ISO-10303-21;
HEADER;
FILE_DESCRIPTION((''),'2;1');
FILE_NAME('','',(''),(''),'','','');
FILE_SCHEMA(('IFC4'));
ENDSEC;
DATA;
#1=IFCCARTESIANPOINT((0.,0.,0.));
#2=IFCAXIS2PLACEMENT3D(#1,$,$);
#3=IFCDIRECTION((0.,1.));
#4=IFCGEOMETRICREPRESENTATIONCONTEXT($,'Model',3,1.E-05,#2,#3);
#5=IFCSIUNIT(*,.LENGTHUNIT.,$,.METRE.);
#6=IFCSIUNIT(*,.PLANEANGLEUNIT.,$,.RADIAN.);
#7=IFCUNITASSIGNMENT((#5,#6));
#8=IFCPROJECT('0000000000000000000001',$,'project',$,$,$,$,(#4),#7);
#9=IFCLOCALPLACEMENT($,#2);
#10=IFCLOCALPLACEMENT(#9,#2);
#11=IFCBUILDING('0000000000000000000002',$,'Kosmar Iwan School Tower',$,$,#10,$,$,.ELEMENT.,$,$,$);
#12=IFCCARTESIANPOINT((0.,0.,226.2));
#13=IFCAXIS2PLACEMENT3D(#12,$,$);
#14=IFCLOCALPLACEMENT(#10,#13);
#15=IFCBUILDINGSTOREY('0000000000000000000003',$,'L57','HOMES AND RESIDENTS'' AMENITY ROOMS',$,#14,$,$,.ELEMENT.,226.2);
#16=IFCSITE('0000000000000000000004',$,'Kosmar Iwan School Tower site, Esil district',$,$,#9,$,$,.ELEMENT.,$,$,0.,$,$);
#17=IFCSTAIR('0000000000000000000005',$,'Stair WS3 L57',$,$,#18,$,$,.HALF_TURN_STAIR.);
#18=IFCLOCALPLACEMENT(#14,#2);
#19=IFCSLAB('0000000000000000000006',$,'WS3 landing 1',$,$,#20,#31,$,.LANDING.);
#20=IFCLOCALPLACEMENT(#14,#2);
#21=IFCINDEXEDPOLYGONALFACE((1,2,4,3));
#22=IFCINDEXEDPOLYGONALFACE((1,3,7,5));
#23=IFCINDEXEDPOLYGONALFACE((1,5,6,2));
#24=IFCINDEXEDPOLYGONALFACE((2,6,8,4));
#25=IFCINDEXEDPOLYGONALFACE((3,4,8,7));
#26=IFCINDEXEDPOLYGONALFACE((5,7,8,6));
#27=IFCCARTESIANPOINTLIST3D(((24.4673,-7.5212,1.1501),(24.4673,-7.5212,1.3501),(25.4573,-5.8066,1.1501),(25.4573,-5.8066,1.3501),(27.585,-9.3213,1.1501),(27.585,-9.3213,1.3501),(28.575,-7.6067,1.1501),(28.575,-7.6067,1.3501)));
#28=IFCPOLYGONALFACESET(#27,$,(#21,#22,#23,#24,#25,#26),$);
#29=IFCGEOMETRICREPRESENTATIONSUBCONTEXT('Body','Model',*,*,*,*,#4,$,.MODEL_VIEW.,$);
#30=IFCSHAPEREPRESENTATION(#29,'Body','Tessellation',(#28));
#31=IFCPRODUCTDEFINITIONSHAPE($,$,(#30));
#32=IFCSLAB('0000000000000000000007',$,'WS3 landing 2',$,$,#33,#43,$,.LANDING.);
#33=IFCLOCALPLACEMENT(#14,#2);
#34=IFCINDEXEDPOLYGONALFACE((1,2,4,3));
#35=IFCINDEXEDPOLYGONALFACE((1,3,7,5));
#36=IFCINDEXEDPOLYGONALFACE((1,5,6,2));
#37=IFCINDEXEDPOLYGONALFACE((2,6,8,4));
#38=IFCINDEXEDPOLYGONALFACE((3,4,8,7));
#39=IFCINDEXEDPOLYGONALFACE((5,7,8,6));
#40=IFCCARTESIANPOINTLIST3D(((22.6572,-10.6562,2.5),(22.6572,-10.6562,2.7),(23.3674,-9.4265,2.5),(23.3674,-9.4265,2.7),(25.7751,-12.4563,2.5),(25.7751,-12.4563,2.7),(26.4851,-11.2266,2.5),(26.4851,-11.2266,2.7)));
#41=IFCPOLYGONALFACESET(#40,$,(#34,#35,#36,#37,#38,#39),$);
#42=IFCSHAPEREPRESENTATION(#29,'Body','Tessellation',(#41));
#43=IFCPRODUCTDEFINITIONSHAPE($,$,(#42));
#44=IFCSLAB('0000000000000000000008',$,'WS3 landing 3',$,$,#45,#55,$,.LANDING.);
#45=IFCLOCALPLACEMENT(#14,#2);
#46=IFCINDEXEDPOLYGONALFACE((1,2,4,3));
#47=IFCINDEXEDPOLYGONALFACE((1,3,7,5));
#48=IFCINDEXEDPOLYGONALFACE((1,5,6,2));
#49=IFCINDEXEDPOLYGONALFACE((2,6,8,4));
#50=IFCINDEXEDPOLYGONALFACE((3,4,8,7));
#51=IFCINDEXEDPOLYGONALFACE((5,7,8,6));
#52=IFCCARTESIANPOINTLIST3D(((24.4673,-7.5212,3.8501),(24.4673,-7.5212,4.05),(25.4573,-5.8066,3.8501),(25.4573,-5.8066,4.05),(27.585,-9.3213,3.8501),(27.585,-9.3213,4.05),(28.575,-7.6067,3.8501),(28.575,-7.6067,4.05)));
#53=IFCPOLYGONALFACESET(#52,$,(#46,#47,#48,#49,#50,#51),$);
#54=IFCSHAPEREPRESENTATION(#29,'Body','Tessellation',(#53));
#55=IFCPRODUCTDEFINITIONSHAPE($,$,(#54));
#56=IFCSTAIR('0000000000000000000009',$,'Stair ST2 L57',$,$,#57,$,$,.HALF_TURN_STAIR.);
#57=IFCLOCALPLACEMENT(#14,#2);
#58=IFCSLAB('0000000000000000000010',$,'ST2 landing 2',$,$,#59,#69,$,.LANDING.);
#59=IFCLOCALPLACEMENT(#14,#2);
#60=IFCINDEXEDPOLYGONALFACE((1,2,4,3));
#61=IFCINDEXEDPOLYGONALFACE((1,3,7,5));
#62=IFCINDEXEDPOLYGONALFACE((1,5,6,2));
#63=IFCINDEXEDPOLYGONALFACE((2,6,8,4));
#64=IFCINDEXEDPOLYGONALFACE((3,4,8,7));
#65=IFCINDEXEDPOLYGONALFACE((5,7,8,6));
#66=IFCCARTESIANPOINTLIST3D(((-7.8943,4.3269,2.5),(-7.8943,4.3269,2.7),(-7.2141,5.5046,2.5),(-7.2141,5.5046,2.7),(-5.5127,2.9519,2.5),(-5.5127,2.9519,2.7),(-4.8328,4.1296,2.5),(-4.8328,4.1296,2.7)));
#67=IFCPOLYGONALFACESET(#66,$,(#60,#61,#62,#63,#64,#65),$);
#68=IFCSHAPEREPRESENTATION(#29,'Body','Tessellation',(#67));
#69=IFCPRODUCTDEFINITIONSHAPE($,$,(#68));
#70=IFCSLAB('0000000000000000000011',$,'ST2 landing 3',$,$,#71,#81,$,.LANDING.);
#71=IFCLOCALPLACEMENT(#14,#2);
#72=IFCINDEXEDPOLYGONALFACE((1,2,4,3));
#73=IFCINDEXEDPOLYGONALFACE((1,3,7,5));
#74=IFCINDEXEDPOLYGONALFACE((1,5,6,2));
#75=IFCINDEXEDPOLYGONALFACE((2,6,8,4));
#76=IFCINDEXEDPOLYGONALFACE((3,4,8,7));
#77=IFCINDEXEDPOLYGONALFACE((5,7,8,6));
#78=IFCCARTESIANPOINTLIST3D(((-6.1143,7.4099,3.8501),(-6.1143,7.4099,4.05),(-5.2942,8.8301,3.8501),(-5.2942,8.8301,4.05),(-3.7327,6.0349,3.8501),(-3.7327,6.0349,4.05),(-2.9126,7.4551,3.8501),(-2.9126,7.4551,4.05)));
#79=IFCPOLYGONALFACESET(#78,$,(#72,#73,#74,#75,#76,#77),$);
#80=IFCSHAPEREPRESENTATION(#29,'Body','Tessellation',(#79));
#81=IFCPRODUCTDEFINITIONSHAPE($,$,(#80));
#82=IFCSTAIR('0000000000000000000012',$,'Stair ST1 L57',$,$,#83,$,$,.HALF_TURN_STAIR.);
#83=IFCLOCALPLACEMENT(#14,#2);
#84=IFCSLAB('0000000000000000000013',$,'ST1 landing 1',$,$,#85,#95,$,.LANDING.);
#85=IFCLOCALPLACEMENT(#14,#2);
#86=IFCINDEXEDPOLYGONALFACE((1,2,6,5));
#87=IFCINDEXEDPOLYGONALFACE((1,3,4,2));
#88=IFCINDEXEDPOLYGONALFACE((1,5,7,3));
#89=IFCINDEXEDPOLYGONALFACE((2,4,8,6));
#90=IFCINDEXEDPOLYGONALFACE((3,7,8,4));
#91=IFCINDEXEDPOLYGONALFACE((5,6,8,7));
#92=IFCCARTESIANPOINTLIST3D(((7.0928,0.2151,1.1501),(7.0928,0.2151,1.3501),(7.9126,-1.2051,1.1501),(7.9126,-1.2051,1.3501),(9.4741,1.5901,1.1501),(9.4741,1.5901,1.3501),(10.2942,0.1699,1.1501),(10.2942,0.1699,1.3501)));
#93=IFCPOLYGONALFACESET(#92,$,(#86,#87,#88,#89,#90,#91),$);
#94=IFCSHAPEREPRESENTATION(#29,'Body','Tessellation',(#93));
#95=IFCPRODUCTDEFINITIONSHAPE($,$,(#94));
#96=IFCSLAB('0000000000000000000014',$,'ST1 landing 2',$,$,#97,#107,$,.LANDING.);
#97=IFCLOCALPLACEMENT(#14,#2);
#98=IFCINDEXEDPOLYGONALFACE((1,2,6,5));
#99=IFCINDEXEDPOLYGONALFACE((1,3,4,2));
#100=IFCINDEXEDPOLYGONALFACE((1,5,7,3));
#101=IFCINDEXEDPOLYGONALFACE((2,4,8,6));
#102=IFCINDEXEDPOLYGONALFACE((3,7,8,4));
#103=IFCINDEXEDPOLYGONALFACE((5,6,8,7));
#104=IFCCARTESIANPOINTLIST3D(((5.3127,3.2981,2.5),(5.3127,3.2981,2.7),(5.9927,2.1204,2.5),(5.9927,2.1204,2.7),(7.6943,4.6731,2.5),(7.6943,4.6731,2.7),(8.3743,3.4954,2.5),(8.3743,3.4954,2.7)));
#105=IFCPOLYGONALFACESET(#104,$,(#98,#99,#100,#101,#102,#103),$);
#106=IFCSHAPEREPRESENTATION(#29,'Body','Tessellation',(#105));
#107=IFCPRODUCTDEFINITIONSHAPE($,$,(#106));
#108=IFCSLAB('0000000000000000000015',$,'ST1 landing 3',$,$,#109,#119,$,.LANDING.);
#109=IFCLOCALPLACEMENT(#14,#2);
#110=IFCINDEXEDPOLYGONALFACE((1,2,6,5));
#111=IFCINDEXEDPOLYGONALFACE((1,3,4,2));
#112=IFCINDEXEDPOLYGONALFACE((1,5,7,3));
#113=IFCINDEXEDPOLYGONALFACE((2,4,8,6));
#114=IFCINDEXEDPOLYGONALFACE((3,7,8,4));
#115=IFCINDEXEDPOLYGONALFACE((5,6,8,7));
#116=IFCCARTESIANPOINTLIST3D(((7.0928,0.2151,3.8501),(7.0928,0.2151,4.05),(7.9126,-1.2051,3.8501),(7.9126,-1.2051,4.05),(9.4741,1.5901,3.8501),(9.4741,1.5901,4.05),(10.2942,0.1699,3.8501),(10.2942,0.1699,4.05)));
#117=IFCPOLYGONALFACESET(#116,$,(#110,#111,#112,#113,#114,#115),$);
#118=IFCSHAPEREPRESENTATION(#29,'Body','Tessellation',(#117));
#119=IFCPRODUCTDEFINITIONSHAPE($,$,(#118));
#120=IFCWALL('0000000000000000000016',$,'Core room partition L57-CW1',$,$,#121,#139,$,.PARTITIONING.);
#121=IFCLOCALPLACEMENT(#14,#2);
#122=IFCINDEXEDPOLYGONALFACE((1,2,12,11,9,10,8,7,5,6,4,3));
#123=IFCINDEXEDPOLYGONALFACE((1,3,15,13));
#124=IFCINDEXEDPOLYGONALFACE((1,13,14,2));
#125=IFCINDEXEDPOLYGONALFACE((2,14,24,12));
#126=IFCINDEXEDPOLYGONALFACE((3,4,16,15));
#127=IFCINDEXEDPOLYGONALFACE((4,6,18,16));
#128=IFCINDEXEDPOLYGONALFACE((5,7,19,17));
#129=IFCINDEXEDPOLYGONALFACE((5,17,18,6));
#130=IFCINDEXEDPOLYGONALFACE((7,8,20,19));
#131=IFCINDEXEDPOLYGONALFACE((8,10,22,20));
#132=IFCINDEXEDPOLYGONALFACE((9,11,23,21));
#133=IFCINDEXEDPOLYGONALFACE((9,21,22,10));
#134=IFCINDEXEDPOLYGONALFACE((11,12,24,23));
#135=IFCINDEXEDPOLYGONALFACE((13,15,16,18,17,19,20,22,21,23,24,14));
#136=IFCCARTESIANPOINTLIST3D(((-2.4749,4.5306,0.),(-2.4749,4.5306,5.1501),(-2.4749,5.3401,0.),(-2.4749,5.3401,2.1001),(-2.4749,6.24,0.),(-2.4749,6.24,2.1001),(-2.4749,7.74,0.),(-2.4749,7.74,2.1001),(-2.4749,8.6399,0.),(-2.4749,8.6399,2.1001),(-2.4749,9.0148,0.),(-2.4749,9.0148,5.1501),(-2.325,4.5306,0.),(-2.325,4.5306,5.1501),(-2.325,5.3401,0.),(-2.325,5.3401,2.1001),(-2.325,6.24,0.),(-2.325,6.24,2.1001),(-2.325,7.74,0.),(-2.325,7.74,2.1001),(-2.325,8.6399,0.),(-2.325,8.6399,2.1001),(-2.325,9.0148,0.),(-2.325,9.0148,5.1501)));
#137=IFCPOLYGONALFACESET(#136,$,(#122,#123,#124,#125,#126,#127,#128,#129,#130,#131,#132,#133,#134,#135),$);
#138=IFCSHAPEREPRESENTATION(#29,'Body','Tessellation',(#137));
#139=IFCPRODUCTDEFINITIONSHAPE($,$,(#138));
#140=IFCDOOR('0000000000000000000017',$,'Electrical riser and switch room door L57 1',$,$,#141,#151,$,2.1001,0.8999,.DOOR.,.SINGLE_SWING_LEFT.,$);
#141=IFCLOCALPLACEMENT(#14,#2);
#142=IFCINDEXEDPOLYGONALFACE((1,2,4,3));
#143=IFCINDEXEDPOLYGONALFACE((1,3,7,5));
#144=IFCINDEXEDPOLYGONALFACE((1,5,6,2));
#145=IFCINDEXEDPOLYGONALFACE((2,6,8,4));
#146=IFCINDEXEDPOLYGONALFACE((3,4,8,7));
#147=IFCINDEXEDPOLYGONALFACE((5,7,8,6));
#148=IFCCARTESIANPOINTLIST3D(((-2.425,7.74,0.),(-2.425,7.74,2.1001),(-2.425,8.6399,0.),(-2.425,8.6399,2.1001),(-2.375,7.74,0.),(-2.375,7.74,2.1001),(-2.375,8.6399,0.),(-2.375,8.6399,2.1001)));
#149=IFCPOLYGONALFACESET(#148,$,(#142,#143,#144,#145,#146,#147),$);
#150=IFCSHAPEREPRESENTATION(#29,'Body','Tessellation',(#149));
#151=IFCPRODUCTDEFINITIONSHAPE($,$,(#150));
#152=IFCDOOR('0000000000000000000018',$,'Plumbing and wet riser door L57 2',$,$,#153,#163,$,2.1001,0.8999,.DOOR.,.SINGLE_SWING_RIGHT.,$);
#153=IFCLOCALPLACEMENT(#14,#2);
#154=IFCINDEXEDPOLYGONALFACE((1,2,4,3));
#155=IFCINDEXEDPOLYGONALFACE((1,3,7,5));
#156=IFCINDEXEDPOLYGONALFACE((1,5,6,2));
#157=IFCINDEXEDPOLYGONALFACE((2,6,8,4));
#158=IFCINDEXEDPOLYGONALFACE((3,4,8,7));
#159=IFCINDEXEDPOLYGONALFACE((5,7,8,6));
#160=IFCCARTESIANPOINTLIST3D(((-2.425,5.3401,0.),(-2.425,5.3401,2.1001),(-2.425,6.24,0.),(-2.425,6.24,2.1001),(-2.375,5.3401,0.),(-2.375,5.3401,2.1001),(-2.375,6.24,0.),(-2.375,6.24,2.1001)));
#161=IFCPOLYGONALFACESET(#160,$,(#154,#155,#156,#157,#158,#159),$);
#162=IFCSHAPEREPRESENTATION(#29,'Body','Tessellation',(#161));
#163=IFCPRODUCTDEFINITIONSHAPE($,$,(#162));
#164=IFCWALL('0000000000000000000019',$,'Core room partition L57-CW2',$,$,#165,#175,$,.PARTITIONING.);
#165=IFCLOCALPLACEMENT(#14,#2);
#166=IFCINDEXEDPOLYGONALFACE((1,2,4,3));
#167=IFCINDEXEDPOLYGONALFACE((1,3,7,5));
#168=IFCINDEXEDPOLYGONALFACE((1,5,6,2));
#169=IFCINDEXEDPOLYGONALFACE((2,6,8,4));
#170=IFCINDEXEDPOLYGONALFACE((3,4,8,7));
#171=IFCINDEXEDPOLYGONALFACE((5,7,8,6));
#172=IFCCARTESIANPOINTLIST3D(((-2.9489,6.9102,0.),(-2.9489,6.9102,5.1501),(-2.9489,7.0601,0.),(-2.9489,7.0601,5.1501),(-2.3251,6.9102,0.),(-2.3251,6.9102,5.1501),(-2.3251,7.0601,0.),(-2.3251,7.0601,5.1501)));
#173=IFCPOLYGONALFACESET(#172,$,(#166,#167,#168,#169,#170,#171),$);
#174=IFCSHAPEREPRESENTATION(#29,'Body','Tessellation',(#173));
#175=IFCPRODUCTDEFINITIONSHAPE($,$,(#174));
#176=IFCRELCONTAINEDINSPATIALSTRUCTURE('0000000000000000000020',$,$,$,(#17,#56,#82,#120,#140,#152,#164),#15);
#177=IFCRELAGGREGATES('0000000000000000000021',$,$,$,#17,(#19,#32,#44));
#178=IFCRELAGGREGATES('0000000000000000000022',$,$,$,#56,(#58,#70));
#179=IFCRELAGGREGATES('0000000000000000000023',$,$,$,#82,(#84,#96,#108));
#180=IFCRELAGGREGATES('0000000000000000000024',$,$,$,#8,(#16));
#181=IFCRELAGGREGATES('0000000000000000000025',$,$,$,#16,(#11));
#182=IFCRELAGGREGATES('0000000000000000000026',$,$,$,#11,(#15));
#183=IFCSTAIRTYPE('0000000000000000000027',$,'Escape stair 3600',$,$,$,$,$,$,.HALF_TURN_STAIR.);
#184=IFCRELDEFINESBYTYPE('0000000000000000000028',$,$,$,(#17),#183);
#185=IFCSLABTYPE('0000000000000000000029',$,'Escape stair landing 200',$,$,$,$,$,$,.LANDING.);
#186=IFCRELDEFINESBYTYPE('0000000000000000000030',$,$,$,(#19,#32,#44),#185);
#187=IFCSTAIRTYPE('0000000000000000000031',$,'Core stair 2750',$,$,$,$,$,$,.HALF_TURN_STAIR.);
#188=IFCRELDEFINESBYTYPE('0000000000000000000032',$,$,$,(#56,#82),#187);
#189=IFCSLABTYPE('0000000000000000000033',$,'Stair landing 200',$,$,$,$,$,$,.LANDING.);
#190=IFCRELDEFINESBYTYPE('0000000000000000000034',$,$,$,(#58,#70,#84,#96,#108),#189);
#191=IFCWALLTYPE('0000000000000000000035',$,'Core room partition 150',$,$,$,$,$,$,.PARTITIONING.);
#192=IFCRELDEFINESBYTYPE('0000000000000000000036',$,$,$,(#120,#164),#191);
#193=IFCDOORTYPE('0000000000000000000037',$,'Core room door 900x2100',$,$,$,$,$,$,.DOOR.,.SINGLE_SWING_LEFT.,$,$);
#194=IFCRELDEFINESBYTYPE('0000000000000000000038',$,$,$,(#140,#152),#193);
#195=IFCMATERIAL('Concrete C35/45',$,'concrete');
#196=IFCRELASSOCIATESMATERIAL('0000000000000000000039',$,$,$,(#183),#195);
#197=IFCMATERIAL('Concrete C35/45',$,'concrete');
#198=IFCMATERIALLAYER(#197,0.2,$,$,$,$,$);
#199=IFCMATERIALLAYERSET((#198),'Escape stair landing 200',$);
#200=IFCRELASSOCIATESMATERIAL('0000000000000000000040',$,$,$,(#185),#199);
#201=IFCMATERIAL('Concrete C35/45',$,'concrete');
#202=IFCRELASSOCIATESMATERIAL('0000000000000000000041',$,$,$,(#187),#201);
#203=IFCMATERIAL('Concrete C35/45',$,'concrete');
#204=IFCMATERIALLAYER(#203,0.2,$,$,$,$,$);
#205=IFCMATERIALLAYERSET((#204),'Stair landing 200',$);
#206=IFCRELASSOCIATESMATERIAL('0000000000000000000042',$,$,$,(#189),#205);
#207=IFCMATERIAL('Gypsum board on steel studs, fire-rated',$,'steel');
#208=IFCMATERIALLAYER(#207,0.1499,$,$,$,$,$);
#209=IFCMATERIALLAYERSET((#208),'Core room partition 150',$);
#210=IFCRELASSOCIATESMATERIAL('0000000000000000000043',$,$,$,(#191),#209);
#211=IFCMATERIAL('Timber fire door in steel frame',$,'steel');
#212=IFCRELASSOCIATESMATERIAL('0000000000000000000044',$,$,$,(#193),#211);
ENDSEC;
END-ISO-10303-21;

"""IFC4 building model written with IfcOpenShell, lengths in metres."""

from ifc_helpers import new_model, si_unit, direction, frame, frame_2d, origin, place, context, subcontext, project, spatial, polyline, rectangle, outline, extrude, material, layer, layer_set, type_object, element, fill, aggregate, save


model = new_model("IFC4")

# Units and contexts
model_context = context("Model", 3, precision=1e-05, world=origin(), true_north=direction((0.0, 1.0)))
body_context = subcontext(model_context, "Body", "Model", "MODEL_VIEW")
ifc_project = project(units=[si_unit("LENGTHUNIT", "METRE"), si_unit("PLANEANGLEUNIT", "RADIAN")], contexts=[model_context])

# Site, building, storey
site_placement = place(None, origin())
site = spatial("IfcSite", under=ifc_project, at=site_placement, Name="Kosmar Iwan School Tower site, Esil district", CompositionType="ELEMENT", RefElevation=0.0)
building_placement = place(site_placement, origin())
building = spatial("IfcBuilding", under=site, at=building_placement, Name="Kosmar Iwan School Tower", CompositionType="ELEMENT")
storey_placement = place(building_placement, frame((0.0, 0.0, 226.2)))
storey = spatial("IfcBuildingStorey", under=building, at=storey_placement, Name="L57", Description="HOMES AND RESIDENTS' AMENITY ROOMS", CompositionType="ELEMENT", Elevation=226.2)

# Stairs, slabs
ifc_material_1 = material(Name="Concrete C35/45", Category="concrete")
stair_type_1 = type_object("IfcStairType", Name="Escape stair 3600", PredefinedType="HALF_TURN_STAIR", material=ifc_material_1)
stair_1_placement = place(storey_placement, origin())
stair_1 = element("IfcStair", 1, at=stair_1_placement, inside=storey, type_object=stair_type_1, Name="Stair WS3 L57", PredefinedType="HALF_TURN_STAIR")
ifc_material_2 = material(Name="Concrete C35/45", Category="concrete")
ifc_layer_1 = layer(ifc_material_2, 0.2)
ifc_layer_set_1 = layer_set([ifc_layer_1], Name="Escape stair landing 200")
slab_type_1 = type_object("IfcSlabType", Name="Escape stair landing 200", PredefinedType="LANDING", material=ifc_layer_set_1)
slab_1_placement = place(storey_placement, frame((0.0, 0.0, 1.1501)))
slab_1 = element("IfcSlab", 2, at=slab_1_placement, type_object=slab_type_1, Name="WS3 landing 1", PredefinedType="LANDING", context=body_context, shape_type="SweptSolid", body=[
    extrude(outline(polyline([(24.4673, -7.5212), (27.585, -9.3213), (28.575, -7.6067), (25.4573, -5.8066), (24.4673, -7.5212)])), origin(), (0.0, 0.0, 1.0), 0.2),
])
slab_2_placement = place(storey_placement, frame((0.0, 0.0, 2.5)))
slab_2 = element("IfcSlab", 3, at=slab_2_placement, type_object=slab_type_1, Name="WS3 landing 2", PredefinedType="LANDING", context=body_context, shape_type="SweptSolid", body=[
    extrude(outline(polyline([(22.6572, -10.6562), (25.7751, -12.4563), (26.4851, -11.2266), (23.3674, -9.4265), (22.6572, -10.6562)])), origin(), (0.0, 0.0, 1.0), 0.2),
])
slab_3_placement = place(storey_placement, frame((0.0, 0.0, 3.8501)))
slab_3 = element("IfcSlab", 4, at=slab_3_placement, type_object=slab_type_1, Name="WS3 landing 3", PredefinedType="LANDING", context=body_context, shape_type="SweptSolid", body=[
    extrude(outline(polyline([(24.4673, -7.5212), (27.585, -9.3213), (28.575, -7.6067), (25.4573, -5.8066), (24.4673, -7.5212)])), origin(), (0.0, 0.0, 1.0), 0.2),
])
aggregate(stair_1, [slab_1, slab_2, slab_3])
ifc_material_3 = material(Name="Concrete C35/45", Category="concrete")
stair_type_2 = type_object("IfcStairType", Name="Core stair 2750", PredefinedType="HALF_TURN_STAIR", material=ifc_material_3)
stair_2_placement = place(storey_placement, origin())
stair_2 = element("IfcStair", 5, at=stair_2_placement, inside=storey, type_object=stair_type_2, Name="Stair ST2 L57", PredefinedType="HALF_TURN_STAIR")
ifc_material_4 = material(Name="Concrete C35/45", Category="concrete")
ifc_layer_2 = layer(ifc_material_4, 0.2)
ifc_layer_set_2 = layer_set([ifc_layer_2], Name="Stair landing 200")
slab_type_2 = type_object("IfcSlabType", Name="Stair landing 200", PredefinedType="LANDING", material=ifc_layer_set_2)
slab_4_placement = place(storey_placement, frame((0.0, 0.0, 2.5)))
slab_4 = element("IfcSlab", 6, at=slab_4_placement, type_object=slab_type_2, Name="ST2 landing 2", PredefinedType="LANDING", context=body_context, shape_type="SweptSolid", body=[
    extrude(outline(polyline([(-4.8328, 4.1296), (-7.2141, 5.5046), (-7.8943, 4.3269), (-5.5127, 2.9519), (-4.8328, 4.1296)])), origin(), (0.0, 0.0, 1.0), 0.2),
])
slab_5_placement = place(storey_placement, frame((0.0, 0.0, 3.8501)))
slab_5 = element("IfcSlab", 7, at=slab_5_placement, type_object=slab_type_2, Name="ST2 landing 3", PredefinedType="LANDING", context=body_context, shape_type="SweptSolid", body=[
    extrude(outline(polyline([(-2.9126, 7.4551), (-5.2942, 8.8301), (-6.1143, 7.4099), (-3.7327, 6.0349), (-2.9126, 7.4551)])), origin(), (0.0, 0.0, 1.0), 0.2),
])
aggregate(stair_2, [slab_4, slab_5])
stair_3_placement = place(storey_placement, origin())
stair_3 = element("IfcStair", 8, at=stair_3_placement, inside=storey, type_object=stair_type_2, Name="Stair ST1 L57", PredefinedType="HALF_TURN_STAIR")
slab_6_placement = place(storey_placement, frame((0.0, 0.0, 1.1501)))
slab_6 = element("IfcSlab", 9, at=slab_6_placement, type_object=slab_type_2, Name="ST1 landing 1", PredefinedType="LANDING", context=body_context, shape_type="SweptSolid", body=[
    extrude(outline(polyline([(7.9126, -1.2051), (10.2942, 0.1699), (9.4741, 1.5901), (7.0928, 0.2151), (7.9126, -1.2051)])), origin(), (0.0, 0.0, 1.0), 0.2),
])
slab_7_placement = place(storey_placement, frame((0.0, 0.0, 2.5)))
slab_7 = element("IfcSlab", 10, at=slab_7_placement, type_object=slab_type_2, Name="ST1 landing 2", PredefinedType="LANDING", context=body_context, shape_type="SweptSolid", body=[
    extrude(outline(polyline([(5.9927, 2.1204), (8.3743, 3.4954), (7.6943, 4.6731), (5.3127, 3.2981), (5.9927, 2.1204)])), origin(), (0.0, 0.0, 1.0), 0.2),
])
slab_8_placement = place(storey_placement, frame((0.0, 0.0, 3.8501)))
slab_8 = element("IfcSlab", 11, at=slab_8_placement, type_object=slab_type_2, Name="ST1 landing 3", PredefinedType="LANDING", context=body_context, shape_type="SweptSolid", body=[
    extrude(outline(polyline([(7.9126, -1.2051), (10.2942, 0.1699), (9.4741, 1.5901), (7.0928, 0.2151), (7.9126, -1.2051)])), origin(), (0.0, 0.0, 1.0), 0.2),
])
aggregate(stair_3, [slab_6, slab_7, slab_8])

# Wall, openings, doors
ifc_material_5 = material(Name="Gypsum board on steel studs, fire-rated", Category="steel")
ifc_layer_3 = layer(ifc_material_5, 0.1499)
ifc_layer_set_3 = layer_set([ifc_layer_3], Name="Core room partition 150")
wall_type_1 = type_object("IfcWallType", Name="Core room partition 150", PredefinedType="PARTITIONING", material=ifc_layer_set_3)
wall_1_placement = place(storey_placement, frame((-2.3999, 9.0149, 0.0), z_axis=(0.0, 0.0, 1.0), x_axis=(0.0, -1.0, 0.0)))
wall_1 = element("IfcWall", 12, at=wall_1_placement, inside=storey, type_object=wall_type_1, Name="Core room partition L57-CW1", PredefinedType="PARTITIONING", context=body_context, shape_type="SweptSolid", body=[
    extrude(rectangle(XDim=4.4841, YDim=0.1499, at=frame_2d((2.2422, 0.0))), origin(), (0.0, 0.0, 1.0), 5.1501),
])
opening_1_placement = place(wall_1_placement, frame((0.375, 0.0, 0.0)))
opening_1 = element("IfcOpeningElement", 13, at=opening_1_placement, cuts=wall_1, PredefinedType="OPENING", context=body_context, shape_type="SweptSolid", body=[
    extrude(rectangle(XDim=0.8999, YDim=2.1001, at=frame_2d((0.45, 1.05))), frame((0.0, 0.0869, 0.0), z_axis=(0.0, -1.0, 0.0), x_axis=(1.0, 0.0, 0.0)), (0.0, 0.0, 1.0), 0.1738),
])
opening_2_placement = place(wall_1_placement, frame((2.7749, 0.0, 0.0)))
opening_2 = element("IfcOpeningElement", 14, at=opening_2_placement, cuts=wall_1, PredefinedType="OPENING", context=body_context, shape_type="SweptSolid", body=[
    extrude(rectangle(XDim=0.8999, YDim=2.1001, at=frame_2d((0.45, 1.05))), frame((0.0, 0.0869, 0.0), z_axis=(0.0, -1.0, 0.0), x_axis=(1.0, 0.0, 0.0)), (0.0, 0.0, 1.0), 0.1738),
])
ifc_material_6 = material(Name="Timber fire door in steel frame", Category="steel")
door_type_1 = type_object("IfcDoorType", Name="Core room door 900x2100", OperationType="SINGLE_SWING_LEFT", PredefinedType="DOOR", material=ifc_material_6)
door_1_placement = place(opening_1_placement, origin())
door_1 = element("IfcDoor", 15, at=door_1_placement, inside=storey, type_object=door_type_1, Name="Electrical riser and switch room door L57 1", OperationType="SINGLE_SWING_LEFT", OverallHeight=2.1001, OverallWidth=0.8999, PredefinedType="DOOR", context=body_context, shape_type="SweptSolid", body=[
    extrude(rectangle(XDim=0.8999, YDim=2.1001, at=frame_2d((0.45, 1.05))), frame((0.0, 0.0249, 0.0), z_axis=(0.0, -1.0, 0.0), x_axis=(1.0, 0.0, 0.0)), (0.0, 0.0, 1.0), 0.05),
])
fill(opening_1, door_1)
door_2_placement = place(opening_2_placement, origin())
door_2 = element("IfcDoor", 16, at=door_2_placement, inside=storey, type_object=door_type_1, Name="Plumbing and wet riser door L57 2", OperationType="SINGLE_SWING_RIGHT", OverallHeight=2.1001, OverallWidth=0.8999, PredefinedType="DOOR", context=body_context, shape_type="SweptSolid", body=[
    extrude(rectangle(XDim=0.8999, YDim=2.1001, at=frame_2d((0.45, 1.05))), frame((0.0, 0.0249, 0.0), z_axis=(0.0, -1.0, 0.0), x_axis=(1.0, 0.0, 0.0)), (0.0, 0.0, 1.0), 0.05),
])
fill(opening_2, door_2)

# Wall
wall_2_placement = place(storey_placement, frame((-2.325, 6.9851, 0.0), z_axis=(0.0, 0.0, 1.0), x_axis=(-1.0, 0.0, 0.0)))
element("IfcWall", 17, at=wall_2_placement, inside=storey, type_object=wall_type_1, Name="Core room partition L57-CW2", PredefinedType="PARTITIONING", context=body_context, shape_type="SweptSolid", body=[
    extrude(rectangle(XDim=0.6238, YDim=0.1499, at=frame_2d((0.312, 0.0))), origin(), (0.0, 0.0, 1.0), 5.1501),
])

save(model, "model.ifc")
